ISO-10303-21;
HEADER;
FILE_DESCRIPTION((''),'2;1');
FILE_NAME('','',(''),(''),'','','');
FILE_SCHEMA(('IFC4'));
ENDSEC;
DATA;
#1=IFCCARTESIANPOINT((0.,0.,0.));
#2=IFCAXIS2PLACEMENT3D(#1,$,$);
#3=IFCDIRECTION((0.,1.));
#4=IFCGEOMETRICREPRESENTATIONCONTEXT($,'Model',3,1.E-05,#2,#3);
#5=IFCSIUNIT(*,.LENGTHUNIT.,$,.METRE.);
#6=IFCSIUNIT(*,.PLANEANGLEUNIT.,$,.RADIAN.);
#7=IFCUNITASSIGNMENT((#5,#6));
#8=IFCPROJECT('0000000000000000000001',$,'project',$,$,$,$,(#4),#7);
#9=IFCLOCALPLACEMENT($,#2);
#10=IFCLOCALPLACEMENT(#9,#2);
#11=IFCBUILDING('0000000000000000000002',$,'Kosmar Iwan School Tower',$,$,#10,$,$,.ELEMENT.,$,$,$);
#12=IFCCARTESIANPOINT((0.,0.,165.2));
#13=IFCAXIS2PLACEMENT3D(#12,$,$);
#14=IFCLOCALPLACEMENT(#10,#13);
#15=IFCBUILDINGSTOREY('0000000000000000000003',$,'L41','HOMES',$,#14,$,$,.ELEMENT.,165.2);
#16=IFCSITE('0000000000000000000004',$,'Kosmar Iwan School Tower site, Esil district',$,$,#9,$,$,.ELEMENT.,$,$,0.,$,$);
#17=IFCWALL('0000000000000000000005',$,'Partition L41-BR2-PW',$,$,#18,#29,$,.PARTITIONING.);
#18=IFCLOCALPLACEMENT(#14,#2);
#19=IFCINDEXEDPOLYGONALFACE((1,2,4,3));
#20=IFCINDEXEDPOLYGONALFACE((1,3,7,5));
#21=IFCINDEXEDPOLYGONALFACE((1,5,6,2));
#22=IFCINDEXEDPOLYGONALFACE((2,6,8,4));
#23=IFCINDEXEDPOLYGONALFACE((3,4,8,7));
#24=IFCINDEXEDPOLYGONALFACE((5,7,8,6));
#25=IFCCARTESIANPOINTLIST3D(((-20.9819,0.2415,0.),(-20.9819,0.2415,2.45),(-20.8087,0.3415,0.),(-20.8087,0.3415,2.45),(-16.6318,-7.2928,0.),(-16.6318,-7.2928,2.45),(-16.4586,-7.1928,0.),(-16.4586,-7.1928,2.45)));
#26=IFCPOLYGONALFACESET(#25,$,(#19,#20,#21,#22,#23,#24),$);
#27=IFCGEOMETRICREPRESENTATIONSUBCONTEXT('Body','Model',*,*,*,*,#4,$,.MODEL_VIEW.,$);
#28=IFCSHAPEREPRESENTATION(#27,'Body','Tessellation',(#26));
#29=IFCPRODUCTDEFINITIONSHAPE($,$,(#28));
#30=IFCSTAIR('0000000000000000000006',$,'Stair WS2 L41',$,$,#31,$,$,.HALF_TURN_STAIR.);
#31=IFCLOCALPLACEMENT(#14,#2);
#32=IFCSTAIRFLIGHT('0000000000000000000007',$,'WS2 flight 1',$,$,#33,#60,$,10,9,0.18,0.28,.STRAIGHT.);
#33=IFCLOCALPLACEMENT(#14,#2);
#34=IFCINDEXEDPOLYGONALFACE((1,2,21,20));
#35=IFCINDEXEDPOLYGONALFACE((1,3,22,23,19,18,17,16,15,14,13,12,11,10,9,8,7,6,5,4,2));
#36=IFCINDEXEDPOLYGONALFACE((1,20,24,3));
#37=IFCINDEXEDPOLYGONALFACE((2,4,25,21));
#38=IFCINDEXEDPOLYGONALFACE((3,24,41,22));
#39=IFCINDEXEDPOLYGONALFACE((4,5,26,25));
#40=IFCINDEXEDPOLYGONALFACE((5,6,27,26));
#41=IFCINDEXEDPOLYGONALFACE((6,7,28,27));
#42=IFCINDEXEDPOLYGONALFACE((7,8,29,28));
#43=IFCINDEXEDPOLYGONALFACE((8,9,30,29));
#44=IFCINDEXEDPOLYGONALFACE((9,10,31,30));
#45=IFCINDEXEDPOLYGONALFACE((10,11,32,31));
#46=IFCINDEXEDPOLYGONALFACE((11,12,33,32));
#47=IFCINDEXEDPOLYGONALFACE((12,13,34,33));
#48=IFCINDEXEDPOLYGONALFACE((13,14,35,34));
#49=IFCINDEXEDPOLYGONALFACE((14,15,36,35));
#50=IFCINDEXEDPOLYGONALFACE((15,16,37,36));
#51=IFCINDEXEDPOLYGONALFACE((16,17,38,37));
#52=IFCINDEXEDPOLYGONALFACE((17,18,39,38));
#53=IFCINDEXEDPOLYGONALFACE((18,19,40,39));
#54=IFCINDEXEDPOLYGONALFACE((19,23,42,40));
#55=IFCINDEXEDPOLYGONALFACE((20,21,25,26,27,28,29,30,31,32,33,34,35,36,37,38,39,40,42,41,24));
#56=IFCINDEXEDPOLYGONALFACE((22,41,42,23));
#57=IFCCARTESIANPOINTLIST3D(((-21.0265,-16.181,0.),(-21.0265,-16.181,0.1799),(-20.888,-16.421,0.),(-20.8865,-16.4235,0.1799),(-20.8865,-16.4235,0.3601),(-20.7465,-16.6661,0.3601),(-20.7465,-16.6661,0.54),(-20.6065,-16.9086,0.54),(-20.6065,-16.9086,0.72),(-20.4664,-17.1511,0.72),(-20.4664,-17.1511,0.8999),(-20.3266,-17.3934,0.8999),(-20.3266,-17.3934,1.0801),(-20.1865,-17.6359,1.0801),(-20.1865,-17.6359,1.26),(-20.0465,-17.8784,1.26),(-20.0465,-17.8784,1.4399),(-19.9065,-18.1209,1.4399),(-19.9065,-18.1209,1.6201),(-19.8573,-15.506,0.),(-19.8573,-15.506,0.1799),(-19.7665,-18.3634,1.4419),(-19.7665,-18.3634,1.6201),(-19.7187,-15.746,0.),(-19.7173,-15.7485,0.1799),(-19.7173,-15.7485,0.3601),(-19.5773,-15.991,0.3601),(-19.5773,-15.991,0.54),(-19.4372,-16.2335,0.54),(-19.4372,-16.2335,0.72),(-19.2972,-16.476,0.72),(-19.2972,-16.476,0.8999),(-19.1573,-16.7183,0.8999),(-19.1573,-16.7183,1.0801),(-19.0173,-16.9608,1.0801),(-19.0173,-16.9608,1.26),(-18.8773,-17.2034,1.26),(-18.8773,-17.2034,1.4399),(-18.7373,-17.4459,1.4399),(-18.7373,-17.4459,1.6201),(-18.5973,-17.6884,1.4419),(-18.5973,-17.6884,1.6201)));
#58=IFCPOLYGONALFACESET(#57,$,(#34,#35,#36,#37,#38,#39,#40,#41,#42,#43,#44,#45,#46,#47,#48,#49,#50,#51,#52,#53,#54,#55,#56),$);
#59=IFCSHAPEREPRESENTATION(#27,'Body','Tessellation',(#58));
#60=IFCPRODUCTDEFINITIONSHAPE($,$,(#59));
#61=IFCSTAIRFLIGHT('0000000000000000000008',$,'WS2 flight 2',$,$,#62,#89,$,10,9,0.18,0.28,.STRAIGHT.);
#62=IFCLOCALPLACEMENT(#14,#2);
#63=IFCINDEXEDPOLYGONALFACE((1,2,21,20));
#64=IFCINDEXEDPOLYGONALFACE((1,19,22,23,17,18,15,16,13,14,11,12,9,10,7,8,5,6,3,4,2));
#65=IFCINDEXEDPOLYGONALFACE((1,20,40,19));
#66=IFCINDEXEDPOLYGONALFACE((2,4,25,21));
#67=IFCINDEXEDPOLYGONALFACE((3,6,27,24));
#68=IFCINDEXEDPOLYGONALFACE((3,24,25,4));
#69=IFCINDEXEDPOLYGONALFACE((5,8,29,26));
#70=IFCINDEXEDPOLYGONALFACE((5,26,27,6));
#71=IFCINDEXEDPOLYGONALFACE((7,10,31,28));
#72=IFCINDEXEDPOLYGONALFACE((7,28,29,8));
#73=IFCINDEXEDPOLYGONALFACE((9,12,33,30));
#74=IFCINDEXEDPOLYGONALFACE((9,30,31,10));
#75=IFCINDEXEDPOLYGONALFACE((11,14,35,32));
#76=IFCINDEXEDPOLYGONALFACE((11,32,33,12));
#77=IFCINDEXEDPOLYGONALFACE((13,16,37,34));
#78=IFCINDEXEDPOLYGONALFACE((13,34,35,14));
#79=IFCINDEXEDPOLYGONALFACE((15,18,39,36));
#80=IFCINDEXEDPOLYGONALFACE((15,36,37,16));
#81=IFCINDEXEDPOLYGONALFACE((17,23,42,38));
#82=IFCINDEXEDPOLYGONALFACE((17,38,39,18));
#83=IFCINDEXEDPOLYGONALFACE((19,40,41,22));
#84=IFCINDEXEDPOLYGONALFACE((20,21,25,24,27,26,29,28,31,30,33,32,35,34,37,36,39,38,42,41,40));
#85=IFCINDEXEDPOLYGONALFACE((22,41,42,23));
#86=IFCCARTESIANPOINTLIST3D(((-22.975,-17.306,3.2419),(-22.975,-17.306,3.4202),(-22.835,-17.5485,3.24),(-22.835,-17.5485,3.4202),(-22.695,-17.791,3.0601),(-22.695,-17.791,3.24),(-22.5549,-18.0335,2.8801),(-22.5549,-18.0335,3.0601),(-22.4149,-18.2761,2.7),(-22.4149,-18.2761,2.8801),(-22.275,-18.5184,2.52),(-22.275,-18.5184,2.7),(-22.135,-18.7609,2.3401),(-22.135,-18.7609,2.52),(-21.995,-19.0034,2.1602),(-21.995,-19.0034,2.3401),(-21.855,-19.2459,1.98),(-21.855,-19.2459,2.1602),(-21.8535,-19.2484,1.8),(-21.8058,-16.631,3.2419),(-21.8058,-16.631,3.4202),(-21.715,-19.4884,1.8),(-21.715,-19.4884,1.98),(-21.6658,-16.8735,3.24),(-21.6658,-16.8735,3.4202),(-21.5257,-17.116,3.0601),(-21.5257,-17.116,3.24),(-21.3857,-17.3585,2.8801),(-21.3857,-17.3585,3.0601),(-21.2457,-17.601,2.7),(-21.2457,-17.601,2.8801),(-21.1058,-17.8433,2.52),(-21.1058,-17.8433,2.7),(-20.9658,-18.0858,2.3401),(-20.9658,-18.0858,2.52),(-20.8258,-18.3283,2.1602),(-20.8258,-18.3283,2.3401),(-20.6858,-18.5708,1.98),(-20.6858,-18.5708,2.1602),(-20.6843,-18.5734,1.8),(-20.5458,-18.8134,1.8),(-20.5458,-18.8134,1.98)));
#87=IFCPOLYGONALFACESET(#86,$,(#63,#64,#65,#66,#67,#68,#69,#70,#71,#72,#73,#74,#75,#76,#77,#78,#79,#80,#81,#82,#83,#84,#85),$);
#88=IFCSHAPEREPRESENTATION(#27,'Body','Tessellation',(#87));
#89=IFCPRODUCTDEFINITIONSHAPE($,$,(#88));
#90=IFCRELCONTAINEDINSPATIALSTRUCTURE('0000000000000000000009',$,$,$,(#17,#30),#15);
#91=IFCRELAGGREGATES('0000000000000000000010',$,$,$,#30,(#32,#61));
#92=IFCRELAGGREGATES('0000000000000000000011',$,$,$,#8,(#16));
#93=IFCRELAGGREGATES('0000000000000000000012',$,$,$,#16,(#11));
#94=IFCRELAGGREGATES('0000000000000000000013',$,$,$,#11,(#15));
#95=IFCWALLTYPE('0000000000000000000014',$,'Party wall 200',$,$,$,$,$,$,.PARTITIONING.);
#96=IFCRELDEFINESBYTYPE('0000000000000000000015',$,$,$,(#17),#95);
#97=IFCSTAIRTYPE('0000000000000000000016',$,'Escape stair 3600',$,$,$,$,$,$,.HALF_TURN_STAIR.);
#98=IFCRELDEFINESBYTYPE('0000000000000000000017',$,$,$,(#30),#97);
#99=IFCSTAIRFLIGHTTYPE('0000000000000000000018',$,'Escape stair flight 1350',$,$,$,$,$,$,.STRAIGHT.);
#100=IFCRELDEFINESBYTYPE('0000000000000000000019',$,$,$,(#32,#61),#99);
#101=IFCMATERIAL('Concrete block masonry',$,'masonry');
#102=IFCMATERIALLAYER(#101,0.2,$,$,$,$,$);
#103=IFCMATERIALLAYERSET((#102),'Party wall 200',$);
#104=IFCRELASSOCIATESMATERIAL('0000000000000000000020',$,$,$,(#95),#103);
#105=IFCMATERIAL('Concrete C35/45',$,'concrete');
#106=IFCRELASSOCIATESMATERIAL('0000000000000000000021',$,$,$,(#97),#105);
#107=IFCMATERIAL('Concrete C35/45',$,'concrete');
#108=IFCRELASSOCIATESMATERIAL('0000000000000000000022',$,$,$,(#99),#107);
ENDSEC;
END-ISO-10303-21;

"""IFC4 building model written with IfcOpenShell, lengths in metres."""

from ifc_helpers import new_model, si_unit, direction, frame, frame_2d, origin, place, context, subcontext, project, spatial, polyline, rectangle, outline, extrude, material, layer, layer_set, type_object, element, aggregate, save


model = new_model("IFC4")

# Units and contexts
model_context = context("Model", 3, precision=1e-05, world=origin(), true_north=direction((0.0, 1.0)))
body_context = subcontext(model_context, "Body", "Model", "MODEL_VIEW")
ifc_project = project(units=[si_unit("LENGTHUNIT", "METRE"), si_unit("PLANEANGLEUNIT", "RADIAN")], contexts=[model_context])

# Site, building, storey
site_placement = place(None, origin())
site = spatial("IfcSite", under=ifc_project, at=site_placement, Name="Kosmar Iwan School Tower site, Esil district", CompositionType="ELEMENT", RefElevation=0.0)
building_placement = place(site_placement, origin())
building = spatial("IfcBuilding", under=site, at=building_placement, Name="Kosmar Iwan School Tower", CompositionType="ELEMENT")
storey_placement = place(building_placement, frame((0.0, 0.0, 165.2)))
storey = spatial("IfcBuildingStorey", under=building, at=storey_placement, Name="L41", Description="HOMES", CompositionType="ELEMENT", Elevation=165.2)

# Wall
ifc_material_1 = material(Name="Concrete block masonry", Category="masonry")
ifc_layer_1 = layer(ifc_material_1, 0.2)
ifc_layer_set_1 = layer_set([ifc_layer_1], Name="Party wall 200")
wall_type_1 = type_object("IfcWallType", Name="Party wall 200", PredefinedType="PARTITIONING", material=ifc_layer_set_1)
wall_1_placement = place(storey_placement, frame((-16.5452, -7.2429, 0.0), z_axis=(0.0, 0.0, 1.0), x_axis=(-0.500008, 0.866021, 0.0)))
element("IfcWall", 1, at=wall_1_placement, inside=storey, type_object=wall_type_1, Name="Partition L41-BR2-PW", PredefinedType="PARTITIONING", context=body_context, shape_type="SweptSolid", body=[
    extrude(rectangle(XDim=8.7, YDim=0.2, at=frame_2d((4.3501, 0.0))), origin(), (0.0, 0.0, 1.0), 2.45),
])

# Stair, stair flights
ifc_material_2 = material(Name="Concrete C35/45", Category="concrete")
stair_type = type_object("IfcStairType", Name="Escape stair 3600", PredefinedType="HALF_TURN_STAIR", material=ifc_material_2)
stair_placement = place(storey_placement, origin())
stair = element("IfcStair", 2, at=stair_placement, inside=storey, type_object=stair_type, Name="Stair WS2 L41", PredefinedType="HALF_TURN_STAIR")
ifc_material_3 = material(Name="Concrete C35/45", Category="concrete")
stair_flight_type = type_object("IfcStairFlightType", Name="Escape stair flight 1350", PredefinedType="STRAIGHT", material=ifc_material_3)
stair_flight_1_placement = place(storey_placement, frame((-20.4419, -15.8435, 0.0), z_axis=(0.0, 0.0, 1.0), x_axis=(0.5, -0.866025, 0.0)))
stair_flight_1 = element("IfcStairFlight", 3, at=stair_flight_1_placement, type_object=stair_flight_type, Name="WS2 flight 1", NumberOfRisers=10, NumberOfTreads=9, PredefinedType="STRAIGHT", RiserHeight=0.18, TreadLength=0.28, context=body_context, shape_type="SweptSolid", body=[
    extrude(outline(polyline([(0.0, 0.0), (0.0, 0.1799), (0.28, 0.1799), (0.28, 0.3601), (0.5601, 0.3601), (0.5601, 0.54), (0.8401, 0.54), (0.8401, 0.72), (1.1201, 0.72), (1.1201, 0.8999), (1.3999, 0.8999), (1.3999, 1.0801), (1.6799, 1.0801), (1.6799, 1.26), (1.96, 1.26), (1.96, 1.4399), (2.24, 1.4399), (2.24, 1.6201), (2.52, 1.6201), (2.52, 1.8), (2.52, 1.4419), (0.2771, 0.0), (0.0, 0.0)])), frame((0.0, 0.675, 0.0), z_axis=(0.0, -1.0, 0.0), x_axis=(1.0, 0.0, 0.0)), (0.0, 0.0, 1.0), 1.3501),
])
stair_flight_2_placement = place(storey_placement, frame((-21.1304, -19.1509, 1.8), z_axis=(0.0, 0.0, 1.0), x_axis=(-0.5, 0.866025, 0.0)))
stair_flight_2 = element("IfcStairFlight", 4, at=stair_flight_2_placement, type_object=stair_flight_type, Name="WS2 flight 2", NumberOfRisers=10, NumberOfTreads=9, PredefinedType="STRAIGHT", RiserHeight=0.18, TreadLength=0.28, context=body_context, shape_type="SweptSolid", body=[
    extrude(outline(polyline([(0.0, 0.0), (0.0, 0.1799), (0.28, 0.1799), (0.28, 0.3601), (0.5601, 0.3601), (0.5601, 0.54), (0.8401, 0.54), (0.8401, 0.72), (1.1201, 0.72), (1.1201, 0.8999), (1.3999, 0.8999), (1.3999, 1.0801), (1.6799, 1.0801), (1.6799, 1.26), (1.96, 1.26), (1.96, 1.4399), (2.24, 1.4399), (2.24, 1.6201), (2.52, 1.6201), (2.52, 1.8), (2.52, 1.4419), (0.2771, 0.0), (0.0, 0.0)])), frame((0.0, 0.675, 0.0), z_axis=(0.0, -1.0, 0.0), x_axis=(1.0, 0.0, 0.0)), (0.0, 0.0, 1.0), 1.3501),
])
aggregate(stair, [stair_flight_1, stair_flight_2])

save(model, "model.ifc")
